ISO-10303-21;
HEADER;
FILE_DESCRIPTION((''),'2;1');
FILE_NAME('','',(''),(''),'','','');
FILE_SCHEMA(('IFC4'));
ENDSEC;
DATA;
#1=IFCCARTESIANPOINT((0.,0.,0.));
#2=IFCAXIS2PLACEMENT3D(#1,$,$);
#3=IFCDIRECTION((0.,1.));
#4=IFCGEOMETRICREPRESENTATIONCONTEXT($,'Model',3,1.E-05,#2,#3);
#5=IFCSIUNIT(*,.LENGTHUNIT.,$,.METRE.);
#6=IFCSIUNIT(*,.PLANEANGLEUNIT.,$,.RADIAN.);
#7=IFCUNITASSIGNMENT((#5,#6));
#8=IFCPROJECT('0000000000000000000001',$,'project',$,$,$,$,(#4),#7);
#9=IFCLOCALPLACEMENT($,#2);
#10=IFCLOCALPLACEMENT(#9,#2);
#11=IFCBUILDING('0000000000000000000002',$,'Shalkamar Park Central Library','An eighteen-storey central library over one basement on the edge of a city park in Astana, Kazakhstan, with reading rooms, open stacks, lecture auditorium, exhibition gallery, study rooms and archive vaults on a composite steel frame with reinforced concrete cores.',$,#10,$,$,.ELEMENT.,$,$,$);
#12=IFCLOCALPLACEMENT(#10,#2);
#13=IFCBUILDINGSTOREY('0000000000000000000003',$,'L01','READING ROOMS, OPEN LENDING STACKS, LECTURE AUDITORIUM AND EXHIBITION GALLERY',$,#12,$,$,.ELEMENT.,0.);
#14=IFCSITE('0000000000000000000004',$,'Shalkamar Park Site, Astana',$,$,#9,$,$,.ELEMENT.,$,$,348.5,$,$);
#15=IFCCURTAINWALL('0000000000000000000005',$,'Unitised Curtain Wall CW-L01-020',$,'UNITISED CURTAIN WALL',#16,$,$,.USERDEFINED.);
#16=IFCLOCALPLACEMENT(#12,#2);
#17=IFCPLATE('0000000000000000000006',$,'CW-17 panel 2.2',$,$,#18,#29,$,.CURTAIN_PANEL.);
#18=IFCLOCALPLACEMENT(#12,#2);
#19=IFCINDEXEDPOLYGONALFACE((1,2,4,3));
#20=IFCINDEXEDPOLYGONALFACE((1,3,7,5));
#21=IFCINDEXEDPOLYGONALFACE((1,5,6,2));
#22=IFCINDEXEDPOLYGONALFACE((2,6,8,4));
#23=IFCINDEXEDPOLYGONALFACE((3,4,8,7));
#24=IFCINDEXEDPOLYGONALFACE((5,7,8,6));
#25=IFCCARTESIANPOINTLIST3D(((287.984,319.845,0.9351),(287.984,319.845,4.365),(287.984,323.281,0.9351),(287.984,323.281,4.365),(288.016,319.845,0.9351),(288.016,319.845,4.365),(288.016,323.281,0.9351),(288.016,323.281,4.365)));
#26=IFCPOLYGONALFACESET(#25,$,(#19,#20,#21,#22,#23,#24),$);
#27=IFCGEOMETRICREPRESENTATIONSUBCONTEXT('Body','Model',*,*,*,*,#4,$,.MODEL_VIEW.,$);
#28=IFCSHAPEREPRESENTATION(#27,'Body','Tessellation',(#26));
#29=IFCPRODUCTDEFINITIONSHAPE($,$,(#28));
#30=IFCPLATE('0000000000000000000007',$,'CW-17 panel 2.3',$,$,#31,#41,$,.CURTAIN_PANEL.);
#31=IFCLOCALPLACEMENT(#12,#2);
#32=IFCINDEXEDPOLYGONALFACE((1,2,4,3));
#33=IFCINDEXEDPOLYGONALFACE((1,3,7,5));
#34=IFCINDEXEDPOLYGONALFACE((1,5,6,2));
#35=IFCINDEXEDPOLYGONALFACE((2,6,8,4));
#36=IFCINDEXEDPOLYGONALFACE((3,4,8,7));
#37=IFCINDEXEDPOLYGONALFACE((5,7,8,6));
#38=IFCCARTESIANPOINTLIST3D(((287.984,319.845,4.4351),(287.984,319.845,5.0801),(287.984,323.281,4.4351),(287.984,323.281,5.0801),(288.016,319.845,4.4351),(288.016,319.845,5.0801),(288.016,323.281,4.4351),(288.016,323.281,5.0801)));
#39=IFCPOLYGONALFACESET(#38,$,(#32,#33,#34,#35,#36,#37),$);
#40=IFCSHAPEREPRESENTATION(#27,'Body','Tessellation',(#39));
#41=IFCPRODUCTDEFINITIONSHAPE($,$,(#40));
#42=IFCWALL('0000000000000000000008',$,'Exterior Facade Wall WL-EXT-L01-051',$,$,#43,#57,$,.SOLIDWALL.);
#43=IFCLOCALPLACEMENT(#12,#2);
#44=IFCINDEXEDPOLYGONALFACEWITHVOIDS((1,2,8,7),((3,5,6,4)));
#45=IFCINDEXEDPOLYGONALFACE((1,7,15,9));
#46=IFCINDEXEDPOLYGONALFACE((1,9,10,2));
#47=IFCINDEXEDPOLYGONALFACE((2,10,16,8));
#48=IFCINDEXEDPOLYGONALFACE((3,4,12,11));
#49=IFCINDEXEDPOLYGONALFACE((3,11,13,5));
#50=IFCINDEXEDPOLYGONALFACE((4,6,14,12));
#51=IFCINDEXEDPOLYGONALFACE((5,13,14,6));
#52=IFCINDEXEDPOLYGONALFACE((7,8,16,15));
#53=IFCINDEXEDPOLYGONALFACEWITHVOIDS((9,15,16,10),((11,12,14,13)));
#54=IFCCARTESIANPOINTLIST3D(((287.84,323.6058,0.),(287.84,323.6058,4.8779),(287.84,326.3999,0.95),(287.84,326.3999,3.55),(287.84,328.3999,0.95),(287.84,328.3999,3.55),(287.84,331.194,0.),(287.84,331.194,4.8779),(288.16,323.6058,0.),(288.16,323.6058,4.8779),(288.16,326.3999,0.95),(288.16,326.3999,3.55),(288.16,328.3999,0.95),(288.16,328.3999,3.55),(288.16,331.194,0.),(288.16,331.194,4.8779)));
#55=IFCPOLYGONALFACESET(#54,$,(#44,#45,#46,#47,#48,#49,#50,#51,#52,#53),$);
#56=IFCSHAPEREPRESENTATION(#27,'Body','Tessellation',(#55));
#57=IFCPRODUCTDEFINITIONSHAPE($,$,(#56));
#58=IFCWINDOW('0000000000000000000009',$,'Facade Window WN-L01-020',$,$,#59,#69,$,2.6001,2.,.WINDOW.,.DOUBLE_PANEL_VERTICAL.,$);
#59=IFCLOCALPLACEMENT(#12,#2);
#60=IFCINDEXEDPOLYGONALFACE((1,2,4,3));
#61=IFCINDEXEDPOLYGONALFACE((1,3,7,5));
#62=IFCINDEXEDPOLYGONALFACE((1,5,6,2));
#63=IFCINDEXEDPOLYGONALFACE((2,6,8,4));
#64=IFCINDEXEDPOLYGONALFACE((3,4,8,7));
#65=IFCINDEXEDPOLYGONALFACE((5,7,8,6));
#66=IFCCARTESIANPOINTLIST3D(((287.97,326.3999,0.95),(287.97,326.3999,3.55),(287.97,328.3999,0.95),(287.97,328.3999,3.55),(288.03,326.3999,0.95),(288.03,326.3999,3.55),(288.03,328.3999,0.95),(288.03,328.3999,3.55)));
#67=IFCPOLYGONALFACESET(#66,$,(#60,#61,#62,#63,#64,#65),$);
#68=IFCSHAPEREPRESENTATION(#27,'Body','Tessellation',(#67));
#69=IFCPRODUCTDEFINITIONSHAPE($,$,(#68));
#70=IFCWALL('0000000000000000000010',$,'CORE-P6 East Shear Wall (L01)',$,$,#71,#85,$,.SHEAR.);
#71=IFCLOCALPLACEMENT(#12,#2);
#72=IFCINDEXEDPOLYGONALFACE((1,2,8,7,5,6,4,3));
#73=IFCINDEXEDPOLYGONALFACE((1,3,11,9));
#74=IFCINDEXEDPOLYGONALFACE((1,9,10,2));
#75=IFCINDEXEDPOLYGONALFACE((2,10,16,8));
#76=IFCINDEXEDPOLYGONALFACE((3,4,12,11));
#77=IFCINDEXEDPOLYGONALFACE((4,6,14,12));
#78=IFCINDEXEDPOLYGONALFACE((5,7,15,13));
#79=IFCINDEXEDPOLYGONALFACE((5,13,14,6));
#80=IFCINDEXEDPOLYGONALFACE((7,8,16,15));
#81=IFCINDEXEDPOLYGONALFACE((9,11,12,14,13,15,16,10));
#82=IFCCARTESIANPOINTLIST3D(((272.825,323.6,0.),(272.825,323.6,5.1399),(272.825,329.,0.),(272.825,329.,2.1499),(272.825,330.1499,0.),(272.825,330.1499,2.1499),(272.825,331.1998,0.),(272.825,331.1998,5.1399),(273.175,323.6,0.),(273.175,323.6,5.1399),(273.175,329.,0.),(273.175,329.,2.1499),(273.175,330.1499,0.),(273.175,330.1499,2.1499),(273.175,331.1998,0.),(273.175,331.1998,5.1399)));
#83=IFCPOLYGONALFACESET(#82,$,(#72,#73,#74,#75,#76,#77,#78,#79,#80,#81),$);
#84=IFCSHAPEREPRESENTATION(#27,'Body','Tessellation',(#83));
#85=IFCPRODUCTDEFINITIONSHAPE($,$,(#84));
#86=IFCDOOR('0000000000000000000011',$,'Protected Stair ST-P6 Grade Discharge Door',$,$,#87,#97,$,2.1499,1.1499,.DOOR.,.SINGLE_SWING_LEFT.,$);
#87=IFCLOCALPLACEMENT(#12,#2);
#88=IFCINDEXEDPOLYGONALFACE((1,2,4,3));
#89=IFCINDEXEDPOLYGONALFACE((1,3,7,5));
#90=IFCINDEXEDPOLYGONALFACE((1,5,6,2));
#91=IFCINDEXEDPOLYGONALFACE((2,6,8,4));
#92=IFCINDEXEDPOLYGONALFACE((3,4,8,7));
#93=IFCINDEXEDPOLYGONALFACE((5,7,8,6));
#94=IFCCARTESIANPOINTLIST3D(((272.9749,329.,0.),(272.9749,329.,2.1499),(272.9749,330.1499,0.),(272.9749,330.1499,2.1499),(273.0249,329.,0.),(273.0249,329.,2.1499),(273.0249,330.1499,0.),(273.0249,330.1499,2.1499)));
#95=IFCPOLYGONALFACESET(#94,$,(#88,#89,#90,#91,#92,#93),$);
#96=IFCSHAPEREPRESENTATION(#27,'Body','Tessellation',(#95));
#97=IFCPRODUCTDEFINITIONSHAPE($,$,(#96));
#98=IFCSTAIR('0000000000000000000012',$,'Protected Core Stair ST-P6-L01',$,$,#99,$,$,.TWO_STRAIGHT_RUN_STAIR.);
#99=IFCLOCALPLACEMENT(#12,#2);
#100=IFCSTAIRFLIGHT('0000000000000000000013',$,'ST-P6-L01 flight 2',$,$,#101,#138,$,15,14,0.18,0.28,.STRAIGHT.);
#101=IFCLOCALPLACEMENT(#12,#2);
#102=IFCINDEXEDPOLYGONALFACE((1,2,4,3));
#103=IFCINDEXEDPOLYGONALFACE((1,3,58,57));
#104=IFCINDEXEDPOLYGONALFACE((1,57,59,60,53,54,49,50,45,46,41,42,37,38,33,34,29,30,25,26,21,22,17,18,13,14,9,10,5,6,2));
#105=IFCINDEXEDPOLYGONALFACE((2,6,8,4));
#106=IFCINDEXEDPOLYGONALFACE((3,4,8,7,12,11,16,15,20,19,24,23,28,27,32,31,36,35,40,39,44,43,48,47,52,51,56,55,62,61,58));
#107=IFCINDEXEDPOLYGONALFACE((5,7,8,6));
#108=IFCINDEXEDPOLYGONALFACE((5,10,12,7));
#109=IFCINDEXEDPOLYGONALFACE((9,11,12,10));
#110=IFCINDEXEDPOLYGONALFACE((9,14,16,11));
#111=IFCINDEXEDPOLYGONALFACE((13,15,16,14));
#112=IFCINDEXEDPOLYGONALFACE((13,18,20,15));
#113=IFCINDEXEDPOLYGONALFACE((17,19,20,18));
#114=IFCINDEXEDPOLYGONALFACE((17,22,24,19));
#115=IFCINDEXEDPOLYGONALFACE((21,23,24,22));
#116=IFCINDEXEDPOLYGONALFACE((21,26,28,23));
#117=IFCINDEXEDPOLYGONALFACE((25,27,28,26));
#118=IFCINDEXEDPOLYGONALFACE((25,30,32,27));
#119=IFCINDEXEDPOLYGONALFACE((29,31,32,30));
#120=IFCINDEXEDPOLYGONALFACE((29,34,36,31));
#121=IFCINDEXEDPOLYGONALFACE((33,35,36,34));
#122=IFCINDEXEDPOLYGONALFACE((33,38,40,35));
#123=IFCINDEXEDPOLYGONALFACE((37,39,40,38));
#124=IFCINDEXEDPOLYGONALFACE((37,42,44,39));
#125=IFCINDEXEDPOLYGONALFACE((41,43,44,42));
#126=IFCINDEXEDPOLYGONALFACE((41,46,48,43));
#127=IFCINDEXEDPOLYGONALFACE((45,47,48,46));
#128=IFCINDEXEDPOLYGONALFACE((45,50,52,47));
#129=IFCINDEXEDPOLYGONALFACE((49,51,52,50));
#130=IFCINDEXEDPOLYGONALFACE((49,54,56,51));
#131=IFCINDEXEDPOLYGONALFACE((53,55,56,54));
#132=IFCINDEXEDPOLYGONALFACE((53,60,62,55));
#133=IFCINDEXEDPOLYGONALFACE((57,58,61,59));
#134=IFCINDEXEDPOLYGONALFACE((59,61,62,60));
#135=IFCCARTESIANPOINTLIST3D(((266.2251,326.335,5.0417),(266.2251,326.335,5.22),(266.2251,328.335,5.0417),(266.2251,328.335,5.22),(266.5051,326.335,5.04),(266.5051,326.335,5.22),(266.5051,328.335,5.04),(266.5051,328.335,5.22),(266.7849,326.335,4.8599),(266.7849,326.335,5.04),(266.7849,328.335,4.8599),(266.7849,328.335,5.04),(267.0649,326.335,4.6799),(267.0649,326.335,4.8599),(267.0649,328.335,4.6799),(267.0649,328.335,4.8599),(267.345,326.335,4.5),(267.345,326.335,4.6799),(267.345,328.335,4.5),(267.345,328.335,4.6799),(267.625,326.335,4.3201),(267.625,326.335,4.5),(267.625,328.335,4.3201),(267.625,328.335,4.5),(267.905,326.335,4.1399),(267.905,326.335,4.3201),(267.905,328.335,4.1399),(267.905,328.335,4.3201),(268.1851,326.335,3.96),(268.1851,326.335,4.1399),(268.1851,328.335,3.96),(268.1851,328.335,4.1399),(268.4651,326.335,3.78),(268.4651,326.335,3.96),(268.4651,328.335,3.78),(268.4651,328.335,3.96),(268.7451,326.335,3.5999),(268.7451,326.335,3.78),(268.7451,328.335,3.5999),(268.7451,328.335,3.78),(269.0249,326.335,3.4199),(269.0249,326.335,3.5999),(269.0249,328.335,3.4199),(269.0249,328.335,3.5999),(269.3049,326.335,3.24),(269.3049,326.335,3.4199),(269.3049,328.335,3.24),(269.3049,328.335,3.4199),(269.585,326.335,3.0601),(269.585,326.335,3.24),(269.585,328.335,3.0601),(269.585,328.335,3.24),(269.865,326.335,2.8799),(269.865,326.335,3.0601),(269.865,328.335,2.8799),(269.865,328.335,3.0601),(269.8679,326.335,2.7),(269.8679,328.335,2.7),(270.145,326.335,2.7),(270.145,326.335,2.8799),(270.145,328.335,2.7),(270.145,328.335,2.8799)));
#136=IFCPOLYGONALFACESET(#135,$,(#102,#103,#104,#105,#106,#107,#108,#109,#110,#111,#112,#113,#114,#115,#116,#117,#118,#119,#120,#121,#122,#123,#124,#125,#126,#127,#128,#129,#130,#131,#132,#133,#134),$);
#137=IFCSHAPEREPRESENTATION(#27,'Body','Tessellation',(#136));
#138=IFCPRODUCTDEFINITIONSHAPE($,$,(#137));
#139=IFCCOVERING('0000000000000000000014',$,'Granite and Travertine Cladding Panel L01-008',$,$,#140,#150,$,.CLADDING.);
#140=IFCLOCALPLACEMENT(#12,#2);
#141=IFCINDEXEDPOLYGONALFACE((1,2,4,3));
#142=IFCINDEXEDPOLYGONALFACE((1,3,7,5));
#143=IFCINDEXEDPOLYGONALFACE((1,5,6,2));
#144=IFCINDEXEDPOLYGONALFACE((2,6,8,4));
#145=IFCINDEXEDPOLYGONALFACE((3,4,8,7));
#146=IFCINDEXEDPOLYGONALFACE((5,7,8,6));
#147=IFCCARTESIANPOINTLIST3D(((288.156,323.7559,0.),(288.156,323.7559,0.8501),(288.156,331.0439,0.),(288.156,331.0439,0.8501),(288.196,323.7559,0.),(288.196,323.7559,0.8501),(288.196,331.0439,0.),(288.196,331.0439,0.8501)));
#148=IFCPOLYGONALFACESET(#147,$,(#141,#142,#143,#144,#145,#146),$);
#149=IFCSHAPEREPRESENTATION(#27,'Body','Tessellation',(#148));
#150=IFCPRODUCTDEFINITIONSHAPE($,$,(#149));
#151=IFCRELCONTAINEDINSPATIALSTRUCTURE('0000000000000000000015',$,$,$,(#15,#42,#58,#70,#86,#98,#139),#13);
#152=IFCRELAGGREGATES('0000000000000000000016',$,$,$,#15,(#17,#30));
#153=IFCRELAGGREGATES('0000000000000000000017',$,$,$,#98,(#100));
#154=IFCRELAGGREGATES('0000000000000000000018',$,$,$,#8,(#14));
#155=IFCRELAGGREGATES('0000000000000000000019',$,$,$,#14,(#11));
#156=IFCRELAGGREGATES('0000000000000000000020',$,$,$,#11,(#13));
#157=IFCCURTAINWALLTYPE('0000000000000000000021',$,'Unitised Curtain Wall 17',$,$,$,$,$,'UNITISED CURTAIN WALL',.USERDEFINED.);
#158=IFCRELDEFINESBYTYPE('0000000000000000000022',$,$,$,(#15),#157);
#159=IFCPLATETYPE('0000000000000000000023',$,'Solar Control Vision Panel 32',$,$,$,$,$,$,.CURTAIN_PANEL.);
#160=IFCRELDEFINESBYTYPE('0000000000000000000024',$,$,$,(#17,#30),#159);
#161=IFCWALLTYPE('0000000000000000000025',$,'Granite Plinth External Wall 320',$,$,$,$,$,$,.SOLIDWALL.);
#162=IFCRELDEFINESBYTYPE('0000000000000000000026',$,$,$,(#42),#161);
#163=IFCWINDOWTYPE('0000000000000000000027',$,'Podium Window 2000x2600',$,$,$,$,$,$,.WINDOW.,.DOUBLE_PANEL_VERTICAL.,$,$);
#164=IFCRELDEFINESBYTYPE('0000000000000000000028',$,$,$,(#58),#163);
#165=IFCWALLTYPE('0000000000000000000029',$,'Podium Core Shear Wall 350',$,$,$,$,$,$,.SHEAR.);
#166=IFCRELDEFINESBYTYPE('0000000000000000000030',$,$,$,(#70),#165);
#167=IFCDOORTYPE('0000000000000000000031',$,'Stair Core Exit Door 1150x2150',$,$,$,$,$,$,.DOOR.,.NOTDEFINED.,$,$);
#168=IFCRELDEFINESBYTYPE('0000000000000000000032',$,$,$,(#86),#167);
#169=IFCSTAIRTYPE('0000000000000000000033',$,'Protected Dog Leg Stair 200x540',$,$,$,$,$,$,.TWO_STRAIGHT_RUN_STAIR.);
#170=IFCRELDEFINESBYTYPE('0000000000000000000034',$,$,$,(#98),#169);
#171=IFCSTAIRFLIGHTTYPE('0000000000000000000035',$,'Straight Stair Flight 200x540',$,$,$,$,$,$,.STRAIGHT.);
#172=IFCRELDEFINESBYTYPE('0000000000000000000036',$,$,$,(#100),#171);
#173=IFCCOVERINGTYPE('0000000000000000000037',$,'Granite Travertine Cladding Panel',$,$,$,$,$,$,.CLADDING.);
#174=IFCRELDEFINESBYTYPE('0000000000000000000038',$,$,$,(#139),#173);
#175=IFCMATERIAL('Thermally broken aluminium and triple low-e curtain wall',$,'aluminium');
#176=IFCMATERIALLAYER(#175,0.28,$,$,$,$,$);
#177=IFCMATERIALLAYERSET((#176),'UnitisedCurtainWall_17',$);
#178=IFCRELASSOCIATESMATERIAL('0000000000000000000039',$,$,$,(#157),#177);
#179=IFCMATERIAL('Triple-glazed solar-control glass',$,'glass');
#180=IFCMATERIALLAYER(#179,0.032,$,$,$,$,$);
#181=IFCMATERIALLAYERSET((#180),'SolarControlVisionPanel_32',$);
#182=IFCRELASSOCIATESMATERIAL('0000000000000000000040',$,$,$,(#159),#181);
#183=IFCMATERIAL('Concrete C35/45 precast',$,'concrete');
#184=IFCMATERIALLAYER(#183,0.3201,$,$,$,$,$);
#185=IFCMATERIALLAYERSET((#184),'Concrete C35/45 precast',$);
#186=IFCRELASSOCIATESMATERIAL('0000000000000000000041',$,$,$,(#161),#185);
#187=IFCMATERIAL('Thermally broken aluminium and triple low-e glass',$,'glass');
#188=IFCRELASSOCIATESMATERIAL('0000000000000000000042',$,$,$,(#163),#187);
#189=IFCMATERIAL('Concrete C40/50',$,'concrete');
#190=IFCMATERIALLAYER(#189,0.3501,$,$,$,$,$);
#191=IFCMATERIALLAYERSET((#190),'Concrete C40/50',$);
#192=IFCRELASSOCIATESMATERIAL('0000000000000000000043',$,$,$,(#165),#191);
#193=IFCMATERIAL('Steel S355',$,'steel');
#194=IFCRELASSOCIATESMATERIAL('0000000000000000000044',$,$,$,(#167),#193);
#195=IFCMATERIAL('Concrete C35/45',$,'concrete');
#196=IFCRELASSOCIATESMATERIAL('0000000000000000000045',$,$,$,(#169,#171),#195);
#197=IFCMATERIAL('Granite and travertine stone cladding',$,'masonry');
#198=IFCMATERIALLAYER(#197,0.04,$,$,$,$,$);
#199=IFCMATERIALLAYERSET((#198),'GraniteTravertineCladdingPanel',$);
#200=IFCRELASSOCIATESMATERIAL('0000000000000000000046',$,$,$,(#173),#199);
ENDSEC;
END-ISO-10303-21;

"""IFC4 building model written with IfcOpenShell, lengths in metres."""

from ifc_helpers import new_model, si_unit, direction, frame, frame_2d, origin, origin_2d, place, context, subcontext, project, spatial, polyline, rectangle, outline, extrude, material, layer, layer_set, type_object, element, fill, aggregate, save


model = new_model("IFC4")

# Units and contexts
model_context = context("Model", 3, precision=1e-05, world=origin(), true_north=direction((0.0, 1.0)))
body_context = subcontext(model_context, "Body", "Model", "MODEL_VIEW")
ifc_project = project(units=[si_unit("LENGTHUNIT", "METRE"), si_unit("PLANEANGLEUNIT", "RADIAN")], contexts=[model_context])

# Site, building, storey
site_placement = place(None, origin())
site = spatial("IfcSite", under=ifc_project, at=site_placement, Name="Shalkamar Park Site, Astana", CompositionType="ELEMENT", RefElevation=348.5)
building_placement = place(site_placement, origin())
building = spatial("IfcBuilding", under=site, at=building_placement, Name="Shalkamar Park Central Library", Description="An eighteen-storey central library over one basement on the edge of a city park in Astana, Kazakhstan, with reading rooms, open stacks, lecture auditorium, exhibition gallery, study rooms and archive vaults on a composite steel frame with reinforced concrete cores.", CompositionType="ELEMENT")
storey_placement = place(building_placement, origin())
storey = spatial("IfcBuildingStorey", under=building, at=storey_placement, Name="L01", Description="READING ROOMS, OPEN LENDING STACKS, LECTURE AUDITORIUM AND EXHIBITION GALLERY", CompositionType="ELEMENT", Elevation=0.0)

# Shared definitions
ifc_material_1 = material(Name="Steel S355", Category="steel")

# Curtain wall
ifc_material_2 = material(Name="Thermally broken aluminium and triple low-e curtain wall", Category="aluminium")
ifc_layer_1 = layer(ifc_material_2, 0.28)
ifc_layer_set_1 = layer_set([ifc_layer_1], Name="UnitisedCurtainWall_17")
curtain_wall_type = type_object("IfcCurtainWallType", Name="Unitised Curtain Wall 17", ElementType="UNITISED CURTAIN WALL", PredefinedType="USERDEFINED", material=ifc_layer_set_1)
curtain_wall_placement = place(storey_placement, origin())
curtain_wall = element("IfcCurtainWall", 1, at=curtain_wall_placement, inside=storey, type_object=curtain_wall_type, Name="Unitised Curtain Wall CW-L01-020", ObjectType="UNITISED CURTAIN WALL", PredefinedType="USERDEFINED")

# Plates
ifc_material_3 = material(Name="Triple-glazed solar-control glass", Category="glass")
ifc_layer_2 = layer(ifc_material_3, 0.032)
ifc_layer_set_2 = layer_set([ifc_layer_2], Name="SolarControlVisionPanel_32")
plate_type = type_object("IfcPlateType", Name="Solar Control Vision Panel 32", PredefinedType="CURTAIN_PANEL", material=ifc_layer_set_2)
plate_1_placement = place(storey_placement, frame((288.0, 321.563, 0.9351), z_axis=(0.0, 0.0, 1.0), x_axis=(0.0, 1.0, 0.0)))
plate_1 = element("IfcPlate", 2, at=plate_1_placement, type_object=plate_type, Name="CW-17 panel 2.2", PredefinedType="CURTAIN_PANEL", context=body_context, shape_type="SweptSolid", body=[
    extrude(rectangle(XDim=3.436, YDim=0.032, at=origin_2d()), origin(), (0.0, 0.0, 1.0), 3.4299),
])
plate_2_placement = place(storey_placement, frame((288.0, 321.563, 4.4351), z_axis=(0.0, 0.0, 1.0), x_axis=(0.0, 1.0, 0.0)))
plate_2 = element("IfcPlate", 3, at=plate_2_placement, type_object=plate_type, Name="CW-17 panel 2.3", PredefinedType="CURTAIN_PANEL", context=body_context, shape_type="SweptSolid", body=[
    extrude(rectangle(XDim=3.436, YDim=0.032, at=origin_2d()), origin(), (0.0, 0.0, 1.0), 0.645),
])
aggregate(curtain_wall, [plate_1, plate_2])

# Wall, opening, window
ifc_material_4 = material(Name="Concrete C35/45 precast", Category="concrete")
ifc_layer_3 = layer(ifc_material_4, 0.3201)
ifc_layer_set_3 = layer_set([ifc_layer_3], Name="Concrete C35/45 precast")
wall_type_1 = type_object("IfcWallType", Name="Granite Plinth External Wall 320", PredefinedType="SOLIDWALL", material=ifc_layer_set_3)
wall_1_placement = place(storey_placement, frame((288.0, 323.606, 0.0), z_axis=(0.0, 0.0, 1.0), x_axis=(0.0, 1.0, 0.0)))
wall_1 = element("IfcWall", 4, at=wall_1_placement, inside=storey, type_object=wall_type_1, Name="Exterior Facade Wall WL-EXT-L01-051", PredefinedType="SOLIDWALL", context=body_context, shape_type="SweptSolid", body=[
    extrude(rectangle(XDim=7.5881, YDim=0.3201, at=frame_2d((3.7939, 0.0))), origin(), (0.0, 0.0, 1.0), 4.8779),
])
opening_1_placement = place(wall_1_placement, frame((2.7939, 0.0, 0.95)))
opening_1 = element("IfcOpeningElement", 5, at=opening_1_placement, cuts=wall_1, PredefinedType="OPENING", context=body_context, shape_type="SweptSolid", body=[
    extrude(rectangle(XDim=2.0, YDim=2.6001, at=frame_2d((1.0, 1.3))), frame((0.0, 0.1748, 0.0), z_axis=(0.0, -1.0, 0.0), x_axis=(1.0, 0.0, 0.0)), (0.0, 0.0, 1.0), 0.3499),
])
ifc_material_5 = material(Name="Thermally broken aluminium and triple low-e glass", Category="glass")
window_type = type_object("IfcWindowType", Name="Podium Window 2000x2600", PartitioningType="DOUBLE_PANEL_VERTICAL", PredefinedType="WINDOW", material=ifc_material_5)
window_placement = place(opening_1_placement, origin())
window = element("IfcWindow", 6, at=window_placement, inside=storey, type_object=window_type, Name="Facade Window WN-L01-020", OverallHeight=2.6001, OverallWidth=2.0, PartitioningType="DOUBLE_PANEL_VERTICAL", PredefinedType="WINDOW", context=body_context, shape_type="SweptSolid", body=[
    extrude(rectangle(XDim=2.0, YDim=2.6001, at=frame_2d((1.0, 1.3))), frame((0.0, 0.03, 0.0), z_axis=(0.0, -1.0, 0.0), x_axis=(1.0, 0.0, 0.0)), (0.0, 0.0, 1.0), 0.0601),
])
fill(opening_1, window)

# Wall, opening, door
ifc_material_6 = material(Name="Concrete C40/50", Category="concrete")
ifc_layer_4 = layer(ifc_material_6, 0.3501)
ifc_layer_set_4 = layer_set([ifc_layer_4], Name="Concrete C40/50")
wall_type_2 = type_object("IfcWallType", Name="Podium Core Shear Wall 350", PredefinedType="SHEAR", material=ifc_layer_set_4)
wall_2_placement = place(storey_placement, frame((273.0, 323.6001, 0.0), z_axis=(0.0, 0.0, 1.0), x_axis=(0.0, 1.0, 0.0)))
wall_2 = element("IfcWall", 7, at=wall_2_placement, inside=storey, type_object=wall_type_2, Name="CORE-P6 East Shear Wall (L01)", PredefinedType="SHEAR", context=body_context, shape_type="SweptSolid", body=[
    extrude(rectangle(XDim=7.5999, YDim=0.3501, at=frame_2d((3.7998, 0.0))), origin(), (0.0, 0.0, 1.0), 5.1399),
])
opening_2_placement = place(wall_2_placement, frame((5.3999, 0.0, 0.0)))
opening_2 = element("IfcOpeningElement", 8, at=opening_2_placement, cuts=wall_2, PredefinedType="OPENING", context=body_context, shape_type="SweptSolid", body=[
    extrude(rectangle(XDim=1.1499, YDim=2.1499, at=frame_2d((0.575, 1.075))), frame((0.0, 0.1899, 0.0), z_axis=(0.0, -1.0, 0.0), x_axis=(1.0, 0.0, 0.0)), (0.0, 0.0, 1.0), 0.3799),
])
door_type = type_object("IfcDoorType", Name="Stair Core Exit Door 1150x2150", OperationType="NOTDEFINED", PredefinedType="DOOR", material=ifc_material_1)
door_placement = place(opening_2_placement, frame((1.1499, 0.0, 0.0), z_axis=(0.0, 0.0, 1.0), x_axis=(-1.0, 0.0, 0.0)))
door = element("IfcDoor", 9, at=door_placement, inside=storey, type_object=door_type, Name="Protected Stair ST-P6 Grade Discharge Door", OperationType="SINGLE_SWING_LEFT", OverallHeight=2.1499, OverallWidth=1.1499, PredefinedType="DOOR", context=body_context, shape_type="SweptSolid", body=[
    extrude(rectangle(XDim=1.1499, YDim=2.1499, at=frame_2d((0.575, 1.075))), frame((0.0, 0.0249, 0.0), z_axis=(0.0, -1.0, 0.0), x_axis=(1.0, 0.0, 0.0)), (0.0, 0.0, 1.0), 0.05),
])
fill(opening_2, door)

# Stair, stair flight
ifc_material_7 = material(Name="Concrete C35/45", Category="concrete")
stair_type = type_object("IfcStairType", Name="Protected Dog Leg Stair 200x540", PredefinedType="TWO_STRAIGHT_RUN_STAIR", material=ifc_material_7)
stair_placement = place(storey_placement, origin())
stair = element("IfcStair", 10, at=stair_placement, inside=storey, type_object=stair_type, Name="Protected Core Stair ST-P6-L01", PredefinedType="TWO_STRAIGHT_RUN_STAIR")
stair_flight_type = type_object("IfcStairFlightType", Name="Straight Stair Flight 200x540", PredefinedType="STRAIGHT", material=ifc_material_7)
stair_flight_placement = place(storey_placement, frame((270.145, 327.335, 2.7), z_axis=(0.0, 0.0, 1.0), x_axis=(-1.0, 0.0, 0.0)))
stair_flight = element("IfcStairFlight", 11, at=stair_flight_placement, type_object=stair_flight_type, Name="ST-P6-L01 flight 2", NumberOfRisers=15, NumberOfTreads=14, PredefinedType="STRAIGHT", RiserHeight=0.18, TreadLength=0.28, context=body_context, shape_type="SweptSolid", body=[
    extrude(outline(polyline([(0.0, 0.0), (0.0, 0.1799), (0.28, 0.1799), (0.28, 0.3601), (0.5601, 0.3601), (0.5601, 0.54), (0.8401, 0.54), (0.8401, 0.72), (1.1201, 0.72), (1.1201, 0.8999), (1.3999, 0.8999), (1.3999, 1.0801), (1.6799, 1.0801), (1.6799, 1.26), (1.96, 1.26), (1.96, 1.4399), (2.24, 1.4399), (2.24, 1.6201), (2.52, 1.6201), (2.52, 1.8), (2.8, 1.8), (2.8, 1.98), (3.0801, 1.98), (3.0801, 2.1599), (3.3601, 2.1599), (3.3601, 2.3401), (3.6399, 2.3401), (3.6399, 2.52), (3.9199, 2.52), (3.9199, 2.7), (3.9199, 2.3418), (0.2771, 0.0), (0.0, 0.0)])), frame((0.0, 1.0, 0.0), z_axis=(0.0, -1.0, 0.0), x_axis=(1.0, 0.0, 0.0)), (0.0, 0.0, 1.0), 2.0),
])
aggregate(stair, [stair_flight])

# Covering
ifc_material_8 = material(Name="Granite and travertine stone cladding", Category="masonry")
ifc_layer_5 = layer(ifc_material_8, 0.04)
ifc_layer_set_5 = layer_set([ifc_layer_5], Name="GraniteTravertineCladdingPanel")
covering_type = type_object("IfcCoveringType", Name="Granite Travertine Cladding Panel", PredefinedType="CLADDING", material=ifc_layer_set_5)
covering_placement = place(storey_placement, frame((288.176, 327.3999, 0.0), z_axis=(0.0, 0.0, 1.0), x_axis=(1.0, 0.0, 0.0)))
element("IfcCovering", 12, at=covering_placement, inside=storey, type_object=covering_type, Name="Granite and Travertine Cladding Panel L01-008", PredefinedType="CLADDING", context=body_context, shape_type="SweptSolid", body=[
    extrude(rectangle(XDim=0.04, YDim=7.2881, at=origin_2d()), origin(), (0.0, 0.0, 1.0), 0.8501),
])

save(model, "model.ifc")
